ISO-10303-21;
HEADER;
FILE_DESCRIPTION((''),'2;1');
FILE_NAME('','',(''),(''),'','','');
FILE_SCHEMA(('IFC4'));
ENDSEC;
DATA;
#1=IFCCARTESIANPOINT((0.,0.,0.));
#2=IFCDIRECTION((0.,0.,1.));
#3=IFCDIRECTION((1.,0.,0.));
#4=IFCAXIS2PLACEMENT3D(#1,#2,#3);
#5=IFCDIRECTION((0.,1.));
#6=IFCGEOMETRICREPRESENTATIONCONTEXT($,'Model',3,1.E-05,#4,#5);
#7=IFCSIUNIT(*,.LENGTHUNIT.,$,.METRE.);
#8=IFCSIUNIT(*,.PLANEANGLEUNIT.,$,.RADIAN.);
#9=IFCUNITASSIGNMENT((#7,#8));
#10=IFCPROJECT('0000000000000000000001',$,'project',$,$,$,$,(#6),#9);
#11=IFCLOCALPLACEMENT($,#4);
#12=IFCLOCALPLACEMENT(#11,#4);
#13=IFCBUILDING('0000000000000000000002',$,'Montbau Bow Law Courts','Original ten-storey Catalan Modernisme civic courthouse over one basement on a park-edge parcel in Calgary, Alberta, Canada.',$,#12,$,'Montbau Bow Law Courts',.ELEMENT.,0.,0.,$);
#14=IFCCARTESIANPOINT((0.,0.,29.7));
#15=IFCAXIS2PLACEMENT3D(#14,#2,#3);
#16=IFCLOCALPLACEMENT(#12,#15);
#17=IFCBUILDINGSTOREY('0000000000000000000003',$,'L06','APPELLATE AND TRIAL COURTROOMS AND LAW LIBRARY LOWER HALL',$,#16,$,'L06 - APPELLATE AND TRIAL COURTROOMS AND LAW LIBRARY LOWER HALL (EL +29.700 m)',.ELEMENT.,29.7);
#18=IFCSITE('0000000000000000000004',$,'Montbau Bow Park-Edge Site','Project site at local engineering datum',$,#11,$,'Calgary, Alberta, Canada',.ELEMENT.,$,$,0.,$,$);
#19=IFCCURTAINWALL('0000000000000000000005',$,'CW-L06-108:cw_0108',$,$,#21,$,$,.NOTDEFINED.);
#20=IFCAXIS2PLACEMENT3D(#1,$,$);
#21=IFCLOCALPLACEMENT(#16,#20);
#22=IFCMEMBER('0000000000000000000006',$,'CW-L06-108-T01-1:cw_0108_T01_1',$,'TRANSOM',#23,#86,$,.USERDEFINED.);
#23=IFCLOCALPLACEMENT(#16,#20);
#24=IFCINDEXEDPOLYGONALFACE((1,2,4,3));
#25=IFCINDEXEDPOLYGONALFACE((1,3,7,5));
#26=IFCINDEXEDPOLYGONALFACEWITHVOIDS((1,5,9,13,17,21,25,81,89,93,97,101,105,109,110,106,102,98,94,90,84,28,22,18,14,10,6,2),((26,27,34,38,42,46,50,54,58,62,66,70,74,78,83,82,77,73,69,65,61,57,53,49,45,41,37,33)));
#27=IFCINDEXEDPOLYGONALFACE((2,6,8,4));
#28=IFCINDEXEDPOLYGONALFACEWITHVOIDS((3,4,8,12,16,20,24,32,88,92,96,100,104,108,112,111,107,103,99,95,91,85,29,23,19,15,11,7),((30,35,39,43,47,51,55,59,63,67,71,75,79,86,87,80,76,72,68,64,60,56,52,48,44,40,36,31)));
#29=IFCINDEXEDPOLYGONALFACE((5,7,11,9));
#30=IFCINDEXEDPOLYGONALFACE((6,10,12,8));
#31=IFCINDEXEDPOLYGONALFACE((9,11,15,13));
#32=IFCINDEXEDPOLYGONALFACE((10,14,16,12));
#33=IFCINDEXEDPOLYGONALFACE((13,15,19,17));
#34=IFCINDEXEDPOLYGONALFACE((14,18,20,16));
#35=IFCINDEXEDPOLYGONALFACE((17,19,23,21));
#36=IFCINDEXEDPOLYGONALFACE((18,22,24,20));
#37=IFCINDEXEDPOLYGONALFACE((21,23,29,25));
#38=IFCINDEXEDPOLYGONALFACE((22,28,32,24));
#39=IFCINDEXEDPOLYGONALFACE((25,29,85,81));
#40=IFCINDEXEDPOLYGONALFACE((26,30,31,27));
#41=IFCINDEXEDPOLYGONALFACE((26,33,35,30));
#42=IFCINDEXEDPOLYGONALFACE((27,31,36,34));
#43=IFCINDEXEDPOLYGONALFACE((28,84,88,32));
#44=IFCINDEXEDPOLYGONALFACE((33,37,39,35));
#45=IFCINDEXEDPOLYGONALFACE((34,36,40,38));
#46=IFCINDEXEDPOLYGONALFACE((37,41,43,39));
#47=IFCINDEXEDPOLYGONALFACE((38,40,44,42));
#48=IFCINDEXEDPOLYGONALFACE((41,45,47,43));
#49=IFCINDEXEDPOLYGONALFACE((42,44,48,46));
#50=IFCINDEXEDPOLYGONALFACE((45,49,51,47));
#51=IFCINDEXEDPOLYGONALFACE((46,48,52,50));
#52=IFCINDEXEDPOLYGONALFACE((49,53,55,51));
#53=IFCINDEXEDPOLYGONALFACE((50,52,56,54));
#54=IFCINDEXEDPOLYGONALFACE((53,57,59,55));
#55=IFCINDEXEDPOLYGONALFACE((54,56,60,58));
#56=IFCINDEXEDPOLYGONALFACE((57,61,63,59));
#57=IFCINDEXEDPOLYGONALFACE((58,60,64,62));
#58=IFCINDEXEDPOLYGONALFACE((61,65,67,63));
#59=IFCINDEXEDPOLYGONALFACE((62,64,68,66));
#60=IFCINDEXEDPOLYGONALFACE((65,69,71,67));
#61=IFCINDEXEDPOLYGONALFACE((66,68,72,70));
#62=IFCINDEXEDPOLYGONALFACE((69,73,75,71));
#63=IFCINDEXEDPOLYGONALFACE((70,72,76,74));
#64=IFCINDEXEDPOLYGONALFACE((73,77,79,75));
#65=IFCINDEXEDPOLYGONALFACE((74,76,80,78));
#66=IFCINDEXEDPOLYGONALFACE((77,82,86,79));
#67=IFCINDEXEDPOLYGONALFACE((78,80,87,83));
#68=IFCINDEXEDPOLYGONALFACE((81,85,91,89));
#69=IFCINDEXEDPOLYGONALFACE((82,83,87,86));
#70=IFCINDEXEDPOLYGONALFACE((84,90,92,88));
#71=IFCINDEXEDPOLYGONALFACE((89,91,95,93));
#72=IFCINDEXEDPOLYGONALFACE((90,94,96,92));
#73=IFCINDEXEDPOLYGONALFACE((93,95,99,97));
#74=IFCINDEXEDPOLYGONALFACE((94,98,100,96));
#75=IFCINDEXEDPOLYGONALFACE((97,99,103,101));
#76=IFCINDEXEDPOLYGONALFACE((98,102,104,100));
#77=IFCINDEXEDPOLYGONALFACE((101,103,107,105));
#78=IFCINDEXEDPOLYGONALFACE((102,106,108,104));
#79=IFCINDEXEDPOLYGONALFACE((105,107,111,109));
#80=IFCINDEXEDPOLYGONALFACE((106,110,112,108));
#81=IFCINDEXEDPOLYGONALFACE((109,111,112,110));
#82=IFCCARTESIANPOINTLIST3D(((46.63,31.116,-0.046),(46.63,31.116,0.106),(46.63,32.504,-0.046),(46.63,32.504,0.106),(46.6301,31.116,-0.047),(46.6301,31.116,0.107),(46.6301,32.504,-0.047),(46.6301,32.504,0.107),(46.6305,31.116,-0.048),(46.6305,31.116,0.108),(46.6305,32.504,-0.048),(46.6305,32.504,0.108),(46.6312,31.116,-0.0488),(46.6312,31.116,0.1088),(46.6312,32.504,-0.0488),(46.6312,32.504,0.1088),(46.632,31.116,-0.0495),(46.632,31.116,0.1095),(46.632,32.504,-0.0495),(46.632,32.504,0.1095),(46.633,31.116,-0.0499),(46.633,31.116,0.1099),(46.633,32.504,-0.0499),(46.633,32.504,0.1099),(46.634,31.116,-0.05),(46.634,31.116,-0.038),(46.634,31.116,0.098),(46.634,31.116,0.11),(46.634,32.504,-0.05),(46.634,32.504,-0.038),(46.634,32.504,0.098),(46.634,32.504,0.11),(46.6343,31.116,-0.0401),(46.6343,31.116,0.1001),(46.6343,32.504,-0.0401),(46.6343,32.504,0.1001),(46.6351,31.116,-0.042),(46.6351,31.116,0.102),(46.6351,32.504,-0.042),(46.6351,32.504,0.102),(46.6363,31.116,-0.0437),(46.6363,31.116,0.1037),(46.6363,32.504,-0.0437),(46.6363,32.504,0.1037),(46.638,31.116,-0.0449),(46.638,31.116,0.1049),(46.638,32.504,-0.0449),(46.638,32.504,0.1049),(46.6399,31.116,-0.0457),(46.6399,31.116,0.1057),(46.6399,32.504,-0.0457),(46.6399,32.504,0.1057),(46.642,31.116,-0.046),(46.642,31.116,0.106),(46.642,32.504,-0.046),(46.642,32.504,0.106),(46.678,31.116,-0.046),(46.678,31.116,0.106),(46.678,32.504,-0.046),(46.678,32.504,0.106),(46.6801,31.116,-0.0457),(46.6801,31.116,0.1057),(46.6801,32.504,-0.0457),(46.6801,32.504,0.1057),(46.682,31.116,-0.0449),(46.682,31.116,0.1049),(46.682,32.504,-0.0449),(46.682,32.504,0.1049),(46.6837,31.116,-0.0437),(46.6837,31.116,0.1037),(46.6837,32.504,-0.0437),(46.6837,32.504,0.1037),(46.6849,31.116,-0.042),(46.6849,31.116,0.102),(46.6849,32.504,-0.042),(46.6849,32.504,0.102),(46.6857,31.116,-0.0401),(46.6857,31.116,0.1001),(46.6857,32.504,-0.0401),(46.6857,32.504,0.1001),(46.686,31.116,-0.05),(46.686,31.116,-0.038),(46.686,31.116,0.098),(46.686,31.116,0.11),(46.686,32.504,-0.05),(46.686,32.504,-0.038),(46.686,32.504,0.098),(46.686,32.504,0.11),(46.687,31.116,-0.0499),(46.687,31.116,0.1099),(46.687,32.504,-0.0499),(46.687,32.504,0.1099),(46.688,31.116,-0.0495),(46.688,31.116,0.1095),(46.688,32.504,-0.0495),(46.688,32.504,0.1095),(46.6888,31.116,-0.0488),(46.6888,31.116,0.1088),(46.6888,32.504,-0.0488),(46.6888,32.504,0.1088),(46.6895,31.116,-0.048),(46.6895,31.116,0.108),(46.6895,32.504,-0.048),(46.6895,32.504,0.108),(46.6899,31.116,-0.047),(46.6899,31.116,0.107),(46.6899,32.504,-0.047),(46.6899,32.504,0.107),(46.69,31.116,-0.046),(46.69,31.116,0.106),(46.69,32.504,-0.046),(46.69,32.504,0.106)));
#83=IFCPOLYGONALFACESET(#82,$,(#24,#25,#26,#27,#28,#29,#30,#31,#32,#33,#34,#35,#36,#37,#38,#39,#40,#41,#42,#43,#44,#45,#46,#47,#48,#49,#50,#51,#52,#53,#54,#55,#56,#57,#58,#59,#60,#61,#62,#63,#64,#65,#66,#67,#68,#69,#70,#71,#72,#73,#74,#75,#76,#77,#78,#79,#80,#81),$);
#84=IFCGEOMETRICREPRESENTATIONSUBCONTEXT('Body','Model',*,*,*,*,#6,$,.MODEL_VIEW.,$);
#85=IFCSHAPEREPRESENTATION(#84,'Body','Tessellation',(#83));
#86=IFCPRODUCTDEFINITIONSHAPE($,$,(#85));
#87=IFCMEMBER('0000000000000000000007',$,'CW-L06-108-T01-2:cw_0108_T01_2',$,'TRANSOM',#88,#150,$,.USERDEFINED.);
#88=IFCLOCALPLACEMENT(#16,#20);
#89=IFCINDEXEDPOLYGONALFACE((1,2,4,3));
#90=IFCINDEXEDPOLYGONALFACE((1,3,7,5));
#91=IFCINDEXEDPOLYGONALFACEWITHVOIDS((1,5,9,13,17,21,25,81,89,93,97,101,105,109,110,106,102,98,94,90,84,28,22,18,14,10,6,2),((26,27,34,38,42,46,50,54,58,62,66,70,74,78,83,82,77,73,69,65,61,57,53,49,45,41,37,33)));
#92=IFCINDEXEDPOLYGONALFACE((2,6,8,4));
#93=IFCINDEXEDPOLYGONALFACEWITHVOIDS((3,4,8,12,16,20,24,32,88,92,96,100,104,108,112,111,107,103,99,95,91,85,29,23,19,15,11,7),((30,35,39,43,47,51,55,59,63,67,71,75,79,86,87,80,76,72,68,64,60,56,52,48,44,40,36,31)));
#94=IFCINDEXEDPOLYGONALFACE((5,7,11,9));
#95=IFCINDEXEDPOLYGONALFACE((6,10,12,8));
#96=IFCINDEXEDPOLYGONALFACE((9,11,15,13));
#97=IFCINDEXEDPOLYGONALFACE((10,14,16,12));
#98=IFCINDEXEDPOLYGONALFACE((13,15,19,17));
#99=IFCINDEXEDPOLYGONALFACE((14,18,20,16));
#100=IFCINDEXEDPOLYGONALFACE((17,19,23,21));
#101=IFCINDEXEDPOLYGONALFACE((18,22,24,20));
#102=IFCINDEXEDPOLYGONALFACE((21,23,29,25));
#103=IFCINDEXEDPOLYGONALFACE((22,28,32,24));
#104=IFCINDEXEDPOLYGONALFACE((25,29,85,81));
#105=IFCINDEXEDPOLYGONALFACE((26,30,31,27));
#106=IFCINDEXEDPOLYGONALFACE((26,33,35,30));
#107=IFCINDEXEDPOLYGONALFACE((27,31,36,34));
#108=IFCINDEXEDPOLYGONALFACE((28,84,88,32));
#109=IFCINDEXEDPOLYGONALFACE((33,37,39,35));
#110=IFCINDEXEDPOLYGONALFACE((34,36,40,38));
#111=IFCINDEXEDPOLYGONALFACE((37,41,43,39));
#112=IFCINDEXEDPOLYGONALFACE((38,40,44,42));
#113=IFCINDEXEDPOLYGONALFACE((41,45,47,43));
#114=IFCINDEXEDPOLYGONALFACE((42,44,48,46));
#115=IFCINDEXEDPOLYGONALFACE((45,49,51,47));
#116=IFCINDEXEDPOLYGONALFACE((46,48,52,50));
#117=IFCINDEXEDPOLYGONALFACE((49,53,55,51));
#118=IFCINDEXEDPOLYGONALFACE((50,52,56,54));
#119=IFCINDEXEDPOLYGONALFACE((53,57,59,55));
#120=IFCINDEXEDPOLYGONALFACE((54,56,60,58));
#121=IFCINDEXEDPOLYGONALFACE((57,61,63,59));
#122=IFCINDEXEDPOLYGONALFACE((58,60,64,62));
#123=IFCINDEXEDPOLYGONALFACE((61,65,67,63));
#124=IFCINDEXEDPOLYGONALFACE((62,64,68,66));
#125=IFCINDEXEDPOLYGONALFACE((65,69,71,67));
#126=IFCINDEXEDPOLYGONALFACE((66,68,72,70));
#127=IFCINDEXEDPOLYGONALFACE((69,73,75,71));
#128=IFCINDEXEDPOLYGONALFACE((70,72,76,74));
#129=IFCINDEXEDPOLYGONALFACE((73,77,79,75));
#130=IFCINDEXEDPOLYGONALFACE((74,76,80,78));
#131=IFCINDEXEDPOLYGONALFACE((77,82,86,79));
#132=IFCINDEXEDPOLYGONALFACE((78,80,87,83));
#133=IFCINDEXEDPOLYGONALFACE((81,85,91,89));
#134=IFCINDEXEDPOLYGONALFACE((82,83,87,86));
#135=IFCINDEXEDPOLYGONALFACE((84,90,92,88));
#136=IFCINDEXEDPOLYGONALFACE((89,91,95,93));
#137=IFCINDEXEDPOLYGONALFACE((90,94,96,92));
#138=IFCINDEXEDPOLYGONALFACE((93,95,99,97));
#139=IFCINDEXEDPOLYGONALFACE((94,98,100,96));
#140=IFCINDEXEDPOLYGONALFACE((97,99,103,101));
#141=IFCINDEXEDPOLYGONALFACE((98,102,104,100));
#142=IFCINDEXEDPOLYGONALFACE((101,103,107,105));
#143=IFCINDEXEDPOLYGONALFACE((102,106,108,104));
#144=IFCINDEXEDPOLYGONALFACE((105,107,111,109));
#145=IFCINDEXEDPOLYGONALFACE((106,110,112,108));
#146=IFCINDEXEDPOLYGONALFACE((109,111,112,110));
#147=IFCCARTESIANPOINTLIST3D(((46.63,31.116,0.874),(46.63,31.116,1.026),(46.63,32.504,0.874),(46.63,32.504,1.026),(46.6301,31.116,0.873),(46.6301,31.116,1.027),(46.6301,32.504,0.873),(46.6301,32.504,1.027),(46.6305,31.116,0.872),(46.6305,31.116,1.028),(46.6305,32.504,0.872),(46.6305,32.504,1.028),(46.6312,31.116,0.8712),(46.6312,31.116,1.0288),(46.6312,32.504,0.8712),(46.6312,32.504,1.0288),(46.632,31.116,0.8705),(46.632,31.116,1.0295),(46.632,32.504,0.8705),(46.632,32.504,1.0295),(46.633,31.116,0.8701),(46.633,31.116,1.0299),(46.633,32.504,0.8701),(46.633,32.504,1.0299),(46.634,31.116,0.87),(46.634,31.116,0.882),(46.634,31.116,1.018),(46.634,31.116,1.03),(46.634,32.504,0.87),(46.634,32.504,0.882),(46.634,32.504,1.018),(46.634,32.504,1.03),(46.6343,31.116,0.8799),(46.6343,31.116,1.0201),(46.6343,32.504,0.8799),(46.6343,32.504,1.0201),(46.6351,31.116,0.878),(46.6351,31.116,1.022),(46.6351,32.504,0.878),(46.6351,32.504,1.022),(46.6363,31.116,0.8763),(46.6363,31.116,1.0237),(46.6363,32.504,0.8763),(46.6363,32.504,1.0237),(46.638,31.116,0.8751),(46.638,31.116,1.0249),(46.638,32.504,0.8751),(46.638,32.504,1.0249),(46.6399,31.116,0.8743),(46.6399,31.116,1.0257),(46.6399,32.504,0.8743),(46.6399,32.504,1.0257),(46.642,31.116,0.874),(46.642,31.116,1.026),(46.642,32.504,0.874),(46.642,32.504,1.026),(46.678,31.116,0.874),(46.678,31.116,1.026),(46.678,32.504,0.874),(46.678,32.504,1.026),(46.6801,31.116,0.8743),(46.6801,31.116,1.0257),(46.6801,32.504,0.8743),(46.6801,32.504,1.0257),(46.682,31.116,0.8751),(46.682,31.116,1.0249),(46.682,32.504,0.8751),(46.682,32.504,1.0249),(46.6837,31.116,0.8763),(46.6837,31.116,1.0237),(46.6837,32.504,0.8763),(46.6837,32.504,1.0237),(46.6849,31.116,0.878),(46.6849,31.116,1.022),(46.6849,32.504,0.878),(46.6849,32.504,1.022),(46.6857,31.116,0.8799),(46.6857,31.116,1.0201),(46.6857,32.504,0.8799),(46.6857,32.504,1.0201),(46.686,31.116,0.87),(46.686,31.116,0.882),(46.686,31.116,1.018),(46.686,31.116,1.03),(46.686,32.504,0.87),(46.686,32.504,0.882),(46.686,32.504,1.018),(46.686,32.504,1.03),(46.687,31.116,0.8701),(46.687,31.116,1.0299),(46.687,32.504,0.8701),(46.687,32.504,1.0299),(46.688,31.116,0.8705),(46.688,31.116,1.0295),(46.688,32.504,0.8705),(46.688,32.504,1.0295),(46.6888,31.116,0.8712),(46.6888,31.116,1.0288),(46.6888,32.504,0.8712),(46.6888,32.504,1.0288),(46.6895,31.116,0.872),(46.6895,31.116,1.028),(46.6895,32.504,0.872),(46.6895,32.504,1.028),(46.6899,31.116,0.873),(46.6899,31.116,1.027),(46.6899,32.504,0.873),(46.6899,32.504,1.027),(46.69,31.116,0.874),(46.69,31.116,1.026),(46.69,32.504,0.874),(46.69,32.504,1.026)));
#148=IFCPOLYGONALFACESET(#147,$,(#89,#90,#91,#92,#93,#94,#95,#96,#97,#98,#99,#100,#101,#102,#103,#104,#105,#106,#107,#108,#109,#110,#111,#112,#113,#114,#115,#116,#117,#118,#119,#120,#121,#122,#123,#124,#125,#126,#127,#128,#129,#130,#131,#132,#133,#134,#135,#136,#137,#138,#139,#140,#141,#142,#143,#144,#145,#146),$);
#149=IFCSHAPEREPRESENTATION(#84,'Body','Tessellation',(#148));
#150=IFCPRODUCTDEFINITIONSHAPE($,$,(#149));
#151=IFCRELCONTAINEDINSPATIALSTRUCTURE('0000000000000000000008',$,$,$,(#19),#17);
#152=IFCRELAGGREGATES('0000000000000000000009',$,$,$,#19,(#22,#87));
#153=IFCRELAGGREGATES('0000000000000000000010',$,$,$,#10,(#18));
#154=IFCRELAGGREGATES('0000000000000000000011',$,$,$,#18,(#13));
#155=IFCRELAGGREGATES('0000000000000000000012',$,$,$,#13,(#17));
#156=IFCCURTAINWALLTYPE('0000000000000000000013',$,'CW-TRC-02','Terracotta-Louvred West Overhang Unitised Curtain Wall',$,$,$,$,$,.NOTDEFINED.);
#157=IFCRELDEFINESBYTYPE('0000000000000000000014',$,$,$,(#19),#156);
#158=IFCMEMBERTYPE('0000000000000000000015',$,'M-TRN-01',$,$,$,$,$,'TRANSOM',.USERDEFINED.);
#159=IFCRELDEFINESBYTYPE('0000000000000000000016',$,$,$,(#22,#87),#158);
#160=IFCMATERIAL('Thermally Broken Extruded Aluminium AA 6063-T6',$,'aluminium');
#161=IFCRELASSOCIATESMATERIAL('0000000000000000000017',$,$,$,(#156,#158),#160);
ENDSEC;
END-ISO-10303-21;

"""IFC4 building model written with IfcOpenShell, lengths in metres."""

from ifc_helpers import new_model, si_unit, direction, frame, origin_with_axes, origin_2d_with_axis, place, context, subcontext, project, spatial, hollow_rectangle, extrude, material, material_profile, profile_set, type_object, element, aggregate, save


model = new_model("IFC4")

# Units and contexts
model_context = context("Model", 3, precision=1e-05, world=origin_with_axes(), true_north=direction((0.0, 1.0)))
body_context = subcontext(model_context, "Body", "Model", "MODEL_VIEW")
ifc_project = project(units=[si_unit("LENGTHUNIT", "METRE"), si_unit("PLANEANGLEUNIT", "RADIAN")], contexts=[model_context])

# Site, building, storey
site_placement = place(None, origin_with_axes())
site = spatial("IfcSite", under=ifc_project, at=site_placement, Name="Montbau Bow Park-Edge Site", Description="Project site at local engineering datum", LongName="Calgary, Alberta, Canada", CompositionType="ELEMENT", RefElevation=0.0)
building_placement = place(site_placement, origin_with_axes())
building = spatial("IfcBuilding", under=site, at=building_placement, Name="Montbau Bow Law Courts", Description="Original ten-storey Catalan Modernisme civic courthouse over one basement on a park-edge parcel in Calgary, Alberta, Canada.", LongName="Montbau Bow Law Courts", CompositionType="ELEMENT", ElevationOfRefHeight=0.0, ElevationOfTerrain=0.0)
storey_placement = place(building_placement, frame((0.0, 0.0, 29.7), z_axis=(0.0, 0.0, 1.0), x_axis=(1.0, 0.0, 0.0)))
storey = spatial("IfcBuildingStorey", under=building, at=storey_placement, Name="L06", Description="APPELLATE AND TRIAL COURTROOMS AND LAW LIBRARY LOWER HALL", LongName="L06 - APPELLATE AND TRIAL COURTROOMS AND LAW LIBRARY LOWER HALL (EL +29.700 m)", CompositionType="ELEMENT", Elevation=29.7)

# Curtain wall
ifc_material_1 = material(Name="Thermally Broken Extruded Aluminium AA 6063-T6", Category="aluminium")
curtain_wall_type = type_object("IfcCurtainWallType", Name="CW-TRC-02", Description="Terracotta-Louvred West Overhang Unitised Curtain Wall", PredefinedType="NOTDEFINED", material=ifc_material_1)
curtain_wall_1_placement = place(None, frame((46.66, 31.04, 29.7), z_axis=(0.0, 0.0, 1.0), x_axis=(1.0, 0.0, 0.0)))
curtain_wall_1 = element("IfcCurtainWall", 1, at=curtain_wall_1_placement, inside=storey, type_object=curtain_wall_type, Name="CW-L06-108:cw_0108", PredefinedType="NOTDEFINED")

# Members
ifc_material_profile_1 = material_profile(ifc_material_1, hollow_rectangle(XDim=0.06, YDim=0.16, WallThickness=0.004, InnerFilletRadius=0.008, OuterFilletRadius=0.004, at=origin_2d_with_axis()), Name="CWT-160X60", Category="Main", Priority=0)
ifc_profile_set_1 = profile_set([ifc_material_profile_1], Name="Thermally Broken Extruded Aluminium AA 6063-T6")
member_type_1 = type_object("IfcMemberType", Name="M-TRN-01", ElementType="TRANSOM", PredefinedType="USERDEFINED", material=ifc_profile_set_1)
member_1_placement = place(None, frame((46.66, 31.116, 29.73), z_axis=(0.0, 1.0, 0.0), x_axis=(-1.0, 0.0, 0.0)))
member_1 = element("IfcMember", 2, at=member_1_placement, type_object=member_type_1, Name="CW-L06-108-T01-1:cw_0108_T01_1", ObjectType="TRANSOM", PredefinedType="USERDEFINED", context=body_context, shape_type="SweptSolid", body=[
    extrude(hollow_rectangle(XDim=0.06, YDim=0.16, WallThickness=0.004, InnerFilletRadius=0.008, OuterFilletRadius=0.004, at=origin_2d_with_axis()), origin_with_axes(), (0.0, 0.0, 1.0), 1.388),
])
member_2_placement = place(None, frame((46.66, 31.116, 30.65), z_axis=(0.0, 1.0, 0.0), x_axis=(-1.0, 0.0, 0.0)))
member_2 = element("IfcMember", 3, at=member_2_placement, type_object=member_type_1, Name="CW-L06-108-T01-2:cw_0108_T01_2", ObjectType="TRANSOM", PredefinedType="USERDEFINED", context=body_context, shape_type="SweptSolid", body=[
    extrude(hollow_rectangle(XDim=0.06, YDim=0.16, WallThickness=0.004, InnerFilletRadius=0.008, OuterFilletRadius=0.004, at=origin_2d_with_axis()), origin_with_axes(), (0.0, 0.0, 1.0), 1.388),
])

aggregate(curtain_wall_1, [member_1, member_2])

save(model, "model.ifc")
